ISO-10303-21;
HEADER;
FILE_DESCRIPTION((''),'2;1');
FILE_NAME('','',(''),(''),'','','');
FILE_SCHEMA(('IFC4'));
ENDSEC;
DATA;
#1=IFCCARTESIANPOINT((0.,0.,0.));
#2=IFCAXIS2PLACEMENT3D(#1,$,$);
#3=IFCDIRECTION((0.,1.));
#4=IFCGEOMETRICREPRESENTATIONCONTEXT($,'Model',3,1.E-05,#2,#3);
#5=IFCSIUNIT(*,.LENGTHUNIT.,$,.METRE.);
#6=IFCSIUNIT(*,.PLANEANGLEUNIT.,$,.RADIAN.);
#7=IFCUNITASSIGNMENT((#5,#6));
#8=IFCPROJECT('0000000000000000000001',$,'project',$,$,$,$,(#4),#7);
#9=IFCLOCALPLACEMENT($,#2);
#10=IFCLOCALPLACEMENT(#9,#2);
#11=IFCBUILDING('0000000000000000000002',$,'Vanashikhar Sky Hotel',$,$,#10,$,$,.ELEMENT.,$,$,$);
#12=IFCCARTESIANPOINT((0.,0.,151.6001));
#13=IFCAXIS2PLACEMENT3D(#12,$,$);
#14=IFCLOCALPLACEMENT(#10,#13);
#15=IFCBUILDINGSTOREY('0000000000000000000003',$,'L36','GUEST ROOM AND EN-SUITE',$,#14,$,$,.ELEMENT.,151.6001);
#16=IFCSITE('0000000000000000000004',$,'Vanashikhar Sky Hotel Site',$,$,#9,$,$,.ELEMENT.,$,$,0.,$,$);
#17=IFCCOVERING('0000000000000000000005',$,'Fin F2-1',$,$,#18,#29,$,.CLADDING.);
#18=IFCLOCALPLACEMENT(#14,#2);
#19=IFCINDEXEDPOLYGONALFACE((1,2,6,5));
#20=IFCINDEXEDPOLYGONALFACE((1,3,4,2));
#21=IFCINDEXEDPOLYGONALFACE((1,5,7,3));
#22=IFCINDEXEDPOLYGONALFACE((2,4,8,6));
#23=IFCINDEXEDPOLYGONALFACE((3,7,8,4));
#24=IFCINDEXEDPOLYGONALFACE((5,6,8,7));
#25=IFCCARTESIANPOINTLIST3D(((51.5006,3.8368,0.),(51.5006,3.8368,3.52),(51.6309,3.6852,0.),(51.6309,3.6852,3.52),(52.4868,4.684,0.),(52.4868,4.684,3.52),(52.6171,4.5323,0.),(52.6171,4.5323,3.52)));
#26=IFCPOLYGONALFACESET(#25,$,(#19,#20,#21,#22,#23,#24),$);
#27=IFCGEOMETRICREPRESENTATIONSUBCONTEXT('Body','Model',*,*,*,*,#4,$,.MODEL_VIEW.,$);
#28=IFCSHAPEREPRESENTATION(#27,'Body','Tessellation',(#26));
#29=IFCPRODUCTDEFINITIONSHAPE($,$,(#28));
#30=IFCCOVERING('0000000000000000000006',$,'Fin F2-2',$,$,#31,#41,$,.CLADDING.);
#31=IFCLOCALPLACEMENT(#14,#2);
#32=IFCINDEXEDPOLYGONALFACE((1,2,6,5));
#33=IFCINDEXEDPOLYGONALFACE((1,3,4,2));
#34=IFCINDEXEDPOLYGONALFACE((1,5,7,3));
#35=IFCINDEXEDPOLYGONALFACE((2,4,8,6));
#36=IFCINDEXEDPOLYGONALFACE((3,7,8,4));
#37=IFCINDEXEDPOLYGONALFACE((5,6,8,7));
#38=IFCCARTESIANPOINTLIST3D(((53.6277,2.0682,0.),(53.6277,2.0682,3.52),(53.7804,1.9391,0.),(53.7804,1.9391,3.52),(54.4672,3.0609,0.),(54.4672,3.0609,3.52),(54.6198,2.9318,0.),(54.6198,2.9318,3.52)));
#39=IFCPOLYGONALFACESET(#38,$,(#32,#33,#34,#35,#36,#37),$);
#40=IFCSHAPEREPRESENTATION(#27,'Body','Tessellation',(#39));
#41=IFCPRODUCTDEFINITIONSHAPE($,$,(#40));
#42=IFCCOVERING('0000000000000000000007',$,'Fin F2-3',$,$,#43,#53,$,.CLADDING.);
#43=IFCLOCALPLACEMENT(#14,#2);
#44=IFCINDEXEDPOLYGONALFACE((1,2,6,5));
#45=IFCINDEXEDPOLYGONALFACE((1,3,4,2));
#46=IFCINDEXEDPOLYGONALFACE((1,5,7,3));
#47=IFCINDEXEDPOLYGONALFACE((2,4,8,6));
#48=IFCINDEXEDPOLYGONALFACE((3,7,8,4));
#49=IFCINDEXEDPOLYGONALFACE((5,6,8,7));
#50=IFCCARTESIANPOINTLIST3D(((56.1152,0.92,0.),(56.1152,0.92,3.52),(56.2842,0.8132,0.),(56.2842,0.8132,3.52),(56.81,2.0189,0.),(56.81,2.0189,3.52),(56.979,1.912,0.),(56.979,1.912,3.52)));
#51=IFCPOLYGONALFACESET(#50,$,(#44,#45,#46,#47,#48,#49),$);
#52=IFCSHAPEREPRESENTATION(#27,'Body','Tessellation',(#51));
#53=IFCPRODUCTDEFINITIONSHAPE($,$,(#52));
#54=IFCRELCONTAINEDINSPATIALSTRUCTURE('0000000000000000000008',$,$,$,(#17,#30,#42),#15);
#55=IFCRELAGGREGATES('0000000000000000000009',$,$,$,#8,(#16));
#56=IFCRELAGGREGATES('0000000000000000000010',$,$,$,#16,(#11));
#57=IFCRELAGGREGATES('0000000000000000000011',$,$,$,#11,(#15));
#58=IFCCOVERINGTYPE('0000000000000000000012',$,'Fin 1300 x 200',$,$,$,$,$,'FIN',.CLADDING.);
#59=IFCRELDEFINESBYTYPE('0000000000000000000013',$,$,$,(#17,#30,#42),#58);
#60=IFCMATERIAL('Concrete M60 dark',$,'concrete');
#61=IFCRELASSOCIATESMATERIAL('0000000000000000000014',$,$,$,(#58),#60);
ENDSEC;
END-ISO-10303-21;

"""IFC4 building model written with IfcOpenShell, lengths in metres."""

from ifc_helpers import new_model, si_unit, direction, frame, origin, origin_2d, place, context, subcontext, project, spatial, rectangle, extrude, source, transform, mapped, material, material_profile, profile_set, type_object, element, save


model = new_model("IFC4")

# Units and contexts
model_context = context("Model", 3, precision=1e-05, world=origin(), true_north=direction((0.0, 1.0)))
body_context = subcontext(model_context, "Body", "Model", "MODEL_VIEW")
ifc_project = project(units=[si_unit("LENGTHUNIT", "METRE"), si_unit("PLANEANGLEUNIT", "RADIAN")], contexts=[model_context])

# Site, building, storey
site_placement = place(None, origin())
site = spatial("IfcSite", under=ifc_project, at=site_placement, Name="Vanashikhar Sky Hotel Site", CompositionType="ELEMENT", RefElevation=0.0)
building_placement = place(site_placement, origin())
building = spatial("IfcBuilding", under=site, at=building_placement, Name="Vanashikhar Sky Hotel", CompositionType="ELEMENT")
storey_placement = place(building_placement, frame((0.0, 0.0, 151.6001)))
storey = spatial("IfcBuildingStorey", under=building, at=storey_placement, Name="L36", Description="GUEST ROOM AND EN-SUITE", CompositionType="ELEMENT", Elevation=151.6001)

# Coverings
ifc_material_1 = material(Name="Concrete M60 dark", Category="concrete")
ifc_material_profile = material_profile(ifc_material_1, rectangle(XDim=1.3, YDim=0.2, at=origin_2d()))
ifc_profile_set = profile_set([ifc_material_profile], Name="Fin 1300 x 200")
covering_type = type_object("IfcCoveringType", Name="Fin 1300 x 200", ElementType="FIN", PredefinedType="CLADDING", material=ifc_profile_set)
shared_shape_1 = source(origin(), body_context, "Body", "SweptSolid", [
    extrude(rectangle(XDim=1.3, YDim=0.2, at=origin_2d()), origin(), (0.0, 0.0, 1.0), 3.52),
])
for number, where, z_axis, x_axis, name in (
    (1, (52.0588, 4.1846, 0.0), (0.0, 0.0, 1.0), (-0.758544, -0.651622, 0.0), "Fin F2-1"),
    (2, (54.1238, 2.5, 0.0), (0.0, 0.0, 1.0), (-0.645698, -0.763593, 0.0), "Fin F2-2"),
    (3, (56.5471, 1.416, 0.0), (0.0, 0.0, 1.0), (-0.534411, -0.845225, 0.0), "Fin F2-3"),
):
    element("IfcCovering", number, at=place(storey_placement, frame(where, z_axis=z_axis, x_axis=x_axis)), inside=storey, type_object=covering_type, Name=name, PredefinedType="CLADDING", context=body_context, shape_type="MappedRepresentation", body=[
        mapped(shared_shape_1, transform((0.0, 0.0, 0.0), scale=1.0)),
    ])

save(model, "model.ifc")
